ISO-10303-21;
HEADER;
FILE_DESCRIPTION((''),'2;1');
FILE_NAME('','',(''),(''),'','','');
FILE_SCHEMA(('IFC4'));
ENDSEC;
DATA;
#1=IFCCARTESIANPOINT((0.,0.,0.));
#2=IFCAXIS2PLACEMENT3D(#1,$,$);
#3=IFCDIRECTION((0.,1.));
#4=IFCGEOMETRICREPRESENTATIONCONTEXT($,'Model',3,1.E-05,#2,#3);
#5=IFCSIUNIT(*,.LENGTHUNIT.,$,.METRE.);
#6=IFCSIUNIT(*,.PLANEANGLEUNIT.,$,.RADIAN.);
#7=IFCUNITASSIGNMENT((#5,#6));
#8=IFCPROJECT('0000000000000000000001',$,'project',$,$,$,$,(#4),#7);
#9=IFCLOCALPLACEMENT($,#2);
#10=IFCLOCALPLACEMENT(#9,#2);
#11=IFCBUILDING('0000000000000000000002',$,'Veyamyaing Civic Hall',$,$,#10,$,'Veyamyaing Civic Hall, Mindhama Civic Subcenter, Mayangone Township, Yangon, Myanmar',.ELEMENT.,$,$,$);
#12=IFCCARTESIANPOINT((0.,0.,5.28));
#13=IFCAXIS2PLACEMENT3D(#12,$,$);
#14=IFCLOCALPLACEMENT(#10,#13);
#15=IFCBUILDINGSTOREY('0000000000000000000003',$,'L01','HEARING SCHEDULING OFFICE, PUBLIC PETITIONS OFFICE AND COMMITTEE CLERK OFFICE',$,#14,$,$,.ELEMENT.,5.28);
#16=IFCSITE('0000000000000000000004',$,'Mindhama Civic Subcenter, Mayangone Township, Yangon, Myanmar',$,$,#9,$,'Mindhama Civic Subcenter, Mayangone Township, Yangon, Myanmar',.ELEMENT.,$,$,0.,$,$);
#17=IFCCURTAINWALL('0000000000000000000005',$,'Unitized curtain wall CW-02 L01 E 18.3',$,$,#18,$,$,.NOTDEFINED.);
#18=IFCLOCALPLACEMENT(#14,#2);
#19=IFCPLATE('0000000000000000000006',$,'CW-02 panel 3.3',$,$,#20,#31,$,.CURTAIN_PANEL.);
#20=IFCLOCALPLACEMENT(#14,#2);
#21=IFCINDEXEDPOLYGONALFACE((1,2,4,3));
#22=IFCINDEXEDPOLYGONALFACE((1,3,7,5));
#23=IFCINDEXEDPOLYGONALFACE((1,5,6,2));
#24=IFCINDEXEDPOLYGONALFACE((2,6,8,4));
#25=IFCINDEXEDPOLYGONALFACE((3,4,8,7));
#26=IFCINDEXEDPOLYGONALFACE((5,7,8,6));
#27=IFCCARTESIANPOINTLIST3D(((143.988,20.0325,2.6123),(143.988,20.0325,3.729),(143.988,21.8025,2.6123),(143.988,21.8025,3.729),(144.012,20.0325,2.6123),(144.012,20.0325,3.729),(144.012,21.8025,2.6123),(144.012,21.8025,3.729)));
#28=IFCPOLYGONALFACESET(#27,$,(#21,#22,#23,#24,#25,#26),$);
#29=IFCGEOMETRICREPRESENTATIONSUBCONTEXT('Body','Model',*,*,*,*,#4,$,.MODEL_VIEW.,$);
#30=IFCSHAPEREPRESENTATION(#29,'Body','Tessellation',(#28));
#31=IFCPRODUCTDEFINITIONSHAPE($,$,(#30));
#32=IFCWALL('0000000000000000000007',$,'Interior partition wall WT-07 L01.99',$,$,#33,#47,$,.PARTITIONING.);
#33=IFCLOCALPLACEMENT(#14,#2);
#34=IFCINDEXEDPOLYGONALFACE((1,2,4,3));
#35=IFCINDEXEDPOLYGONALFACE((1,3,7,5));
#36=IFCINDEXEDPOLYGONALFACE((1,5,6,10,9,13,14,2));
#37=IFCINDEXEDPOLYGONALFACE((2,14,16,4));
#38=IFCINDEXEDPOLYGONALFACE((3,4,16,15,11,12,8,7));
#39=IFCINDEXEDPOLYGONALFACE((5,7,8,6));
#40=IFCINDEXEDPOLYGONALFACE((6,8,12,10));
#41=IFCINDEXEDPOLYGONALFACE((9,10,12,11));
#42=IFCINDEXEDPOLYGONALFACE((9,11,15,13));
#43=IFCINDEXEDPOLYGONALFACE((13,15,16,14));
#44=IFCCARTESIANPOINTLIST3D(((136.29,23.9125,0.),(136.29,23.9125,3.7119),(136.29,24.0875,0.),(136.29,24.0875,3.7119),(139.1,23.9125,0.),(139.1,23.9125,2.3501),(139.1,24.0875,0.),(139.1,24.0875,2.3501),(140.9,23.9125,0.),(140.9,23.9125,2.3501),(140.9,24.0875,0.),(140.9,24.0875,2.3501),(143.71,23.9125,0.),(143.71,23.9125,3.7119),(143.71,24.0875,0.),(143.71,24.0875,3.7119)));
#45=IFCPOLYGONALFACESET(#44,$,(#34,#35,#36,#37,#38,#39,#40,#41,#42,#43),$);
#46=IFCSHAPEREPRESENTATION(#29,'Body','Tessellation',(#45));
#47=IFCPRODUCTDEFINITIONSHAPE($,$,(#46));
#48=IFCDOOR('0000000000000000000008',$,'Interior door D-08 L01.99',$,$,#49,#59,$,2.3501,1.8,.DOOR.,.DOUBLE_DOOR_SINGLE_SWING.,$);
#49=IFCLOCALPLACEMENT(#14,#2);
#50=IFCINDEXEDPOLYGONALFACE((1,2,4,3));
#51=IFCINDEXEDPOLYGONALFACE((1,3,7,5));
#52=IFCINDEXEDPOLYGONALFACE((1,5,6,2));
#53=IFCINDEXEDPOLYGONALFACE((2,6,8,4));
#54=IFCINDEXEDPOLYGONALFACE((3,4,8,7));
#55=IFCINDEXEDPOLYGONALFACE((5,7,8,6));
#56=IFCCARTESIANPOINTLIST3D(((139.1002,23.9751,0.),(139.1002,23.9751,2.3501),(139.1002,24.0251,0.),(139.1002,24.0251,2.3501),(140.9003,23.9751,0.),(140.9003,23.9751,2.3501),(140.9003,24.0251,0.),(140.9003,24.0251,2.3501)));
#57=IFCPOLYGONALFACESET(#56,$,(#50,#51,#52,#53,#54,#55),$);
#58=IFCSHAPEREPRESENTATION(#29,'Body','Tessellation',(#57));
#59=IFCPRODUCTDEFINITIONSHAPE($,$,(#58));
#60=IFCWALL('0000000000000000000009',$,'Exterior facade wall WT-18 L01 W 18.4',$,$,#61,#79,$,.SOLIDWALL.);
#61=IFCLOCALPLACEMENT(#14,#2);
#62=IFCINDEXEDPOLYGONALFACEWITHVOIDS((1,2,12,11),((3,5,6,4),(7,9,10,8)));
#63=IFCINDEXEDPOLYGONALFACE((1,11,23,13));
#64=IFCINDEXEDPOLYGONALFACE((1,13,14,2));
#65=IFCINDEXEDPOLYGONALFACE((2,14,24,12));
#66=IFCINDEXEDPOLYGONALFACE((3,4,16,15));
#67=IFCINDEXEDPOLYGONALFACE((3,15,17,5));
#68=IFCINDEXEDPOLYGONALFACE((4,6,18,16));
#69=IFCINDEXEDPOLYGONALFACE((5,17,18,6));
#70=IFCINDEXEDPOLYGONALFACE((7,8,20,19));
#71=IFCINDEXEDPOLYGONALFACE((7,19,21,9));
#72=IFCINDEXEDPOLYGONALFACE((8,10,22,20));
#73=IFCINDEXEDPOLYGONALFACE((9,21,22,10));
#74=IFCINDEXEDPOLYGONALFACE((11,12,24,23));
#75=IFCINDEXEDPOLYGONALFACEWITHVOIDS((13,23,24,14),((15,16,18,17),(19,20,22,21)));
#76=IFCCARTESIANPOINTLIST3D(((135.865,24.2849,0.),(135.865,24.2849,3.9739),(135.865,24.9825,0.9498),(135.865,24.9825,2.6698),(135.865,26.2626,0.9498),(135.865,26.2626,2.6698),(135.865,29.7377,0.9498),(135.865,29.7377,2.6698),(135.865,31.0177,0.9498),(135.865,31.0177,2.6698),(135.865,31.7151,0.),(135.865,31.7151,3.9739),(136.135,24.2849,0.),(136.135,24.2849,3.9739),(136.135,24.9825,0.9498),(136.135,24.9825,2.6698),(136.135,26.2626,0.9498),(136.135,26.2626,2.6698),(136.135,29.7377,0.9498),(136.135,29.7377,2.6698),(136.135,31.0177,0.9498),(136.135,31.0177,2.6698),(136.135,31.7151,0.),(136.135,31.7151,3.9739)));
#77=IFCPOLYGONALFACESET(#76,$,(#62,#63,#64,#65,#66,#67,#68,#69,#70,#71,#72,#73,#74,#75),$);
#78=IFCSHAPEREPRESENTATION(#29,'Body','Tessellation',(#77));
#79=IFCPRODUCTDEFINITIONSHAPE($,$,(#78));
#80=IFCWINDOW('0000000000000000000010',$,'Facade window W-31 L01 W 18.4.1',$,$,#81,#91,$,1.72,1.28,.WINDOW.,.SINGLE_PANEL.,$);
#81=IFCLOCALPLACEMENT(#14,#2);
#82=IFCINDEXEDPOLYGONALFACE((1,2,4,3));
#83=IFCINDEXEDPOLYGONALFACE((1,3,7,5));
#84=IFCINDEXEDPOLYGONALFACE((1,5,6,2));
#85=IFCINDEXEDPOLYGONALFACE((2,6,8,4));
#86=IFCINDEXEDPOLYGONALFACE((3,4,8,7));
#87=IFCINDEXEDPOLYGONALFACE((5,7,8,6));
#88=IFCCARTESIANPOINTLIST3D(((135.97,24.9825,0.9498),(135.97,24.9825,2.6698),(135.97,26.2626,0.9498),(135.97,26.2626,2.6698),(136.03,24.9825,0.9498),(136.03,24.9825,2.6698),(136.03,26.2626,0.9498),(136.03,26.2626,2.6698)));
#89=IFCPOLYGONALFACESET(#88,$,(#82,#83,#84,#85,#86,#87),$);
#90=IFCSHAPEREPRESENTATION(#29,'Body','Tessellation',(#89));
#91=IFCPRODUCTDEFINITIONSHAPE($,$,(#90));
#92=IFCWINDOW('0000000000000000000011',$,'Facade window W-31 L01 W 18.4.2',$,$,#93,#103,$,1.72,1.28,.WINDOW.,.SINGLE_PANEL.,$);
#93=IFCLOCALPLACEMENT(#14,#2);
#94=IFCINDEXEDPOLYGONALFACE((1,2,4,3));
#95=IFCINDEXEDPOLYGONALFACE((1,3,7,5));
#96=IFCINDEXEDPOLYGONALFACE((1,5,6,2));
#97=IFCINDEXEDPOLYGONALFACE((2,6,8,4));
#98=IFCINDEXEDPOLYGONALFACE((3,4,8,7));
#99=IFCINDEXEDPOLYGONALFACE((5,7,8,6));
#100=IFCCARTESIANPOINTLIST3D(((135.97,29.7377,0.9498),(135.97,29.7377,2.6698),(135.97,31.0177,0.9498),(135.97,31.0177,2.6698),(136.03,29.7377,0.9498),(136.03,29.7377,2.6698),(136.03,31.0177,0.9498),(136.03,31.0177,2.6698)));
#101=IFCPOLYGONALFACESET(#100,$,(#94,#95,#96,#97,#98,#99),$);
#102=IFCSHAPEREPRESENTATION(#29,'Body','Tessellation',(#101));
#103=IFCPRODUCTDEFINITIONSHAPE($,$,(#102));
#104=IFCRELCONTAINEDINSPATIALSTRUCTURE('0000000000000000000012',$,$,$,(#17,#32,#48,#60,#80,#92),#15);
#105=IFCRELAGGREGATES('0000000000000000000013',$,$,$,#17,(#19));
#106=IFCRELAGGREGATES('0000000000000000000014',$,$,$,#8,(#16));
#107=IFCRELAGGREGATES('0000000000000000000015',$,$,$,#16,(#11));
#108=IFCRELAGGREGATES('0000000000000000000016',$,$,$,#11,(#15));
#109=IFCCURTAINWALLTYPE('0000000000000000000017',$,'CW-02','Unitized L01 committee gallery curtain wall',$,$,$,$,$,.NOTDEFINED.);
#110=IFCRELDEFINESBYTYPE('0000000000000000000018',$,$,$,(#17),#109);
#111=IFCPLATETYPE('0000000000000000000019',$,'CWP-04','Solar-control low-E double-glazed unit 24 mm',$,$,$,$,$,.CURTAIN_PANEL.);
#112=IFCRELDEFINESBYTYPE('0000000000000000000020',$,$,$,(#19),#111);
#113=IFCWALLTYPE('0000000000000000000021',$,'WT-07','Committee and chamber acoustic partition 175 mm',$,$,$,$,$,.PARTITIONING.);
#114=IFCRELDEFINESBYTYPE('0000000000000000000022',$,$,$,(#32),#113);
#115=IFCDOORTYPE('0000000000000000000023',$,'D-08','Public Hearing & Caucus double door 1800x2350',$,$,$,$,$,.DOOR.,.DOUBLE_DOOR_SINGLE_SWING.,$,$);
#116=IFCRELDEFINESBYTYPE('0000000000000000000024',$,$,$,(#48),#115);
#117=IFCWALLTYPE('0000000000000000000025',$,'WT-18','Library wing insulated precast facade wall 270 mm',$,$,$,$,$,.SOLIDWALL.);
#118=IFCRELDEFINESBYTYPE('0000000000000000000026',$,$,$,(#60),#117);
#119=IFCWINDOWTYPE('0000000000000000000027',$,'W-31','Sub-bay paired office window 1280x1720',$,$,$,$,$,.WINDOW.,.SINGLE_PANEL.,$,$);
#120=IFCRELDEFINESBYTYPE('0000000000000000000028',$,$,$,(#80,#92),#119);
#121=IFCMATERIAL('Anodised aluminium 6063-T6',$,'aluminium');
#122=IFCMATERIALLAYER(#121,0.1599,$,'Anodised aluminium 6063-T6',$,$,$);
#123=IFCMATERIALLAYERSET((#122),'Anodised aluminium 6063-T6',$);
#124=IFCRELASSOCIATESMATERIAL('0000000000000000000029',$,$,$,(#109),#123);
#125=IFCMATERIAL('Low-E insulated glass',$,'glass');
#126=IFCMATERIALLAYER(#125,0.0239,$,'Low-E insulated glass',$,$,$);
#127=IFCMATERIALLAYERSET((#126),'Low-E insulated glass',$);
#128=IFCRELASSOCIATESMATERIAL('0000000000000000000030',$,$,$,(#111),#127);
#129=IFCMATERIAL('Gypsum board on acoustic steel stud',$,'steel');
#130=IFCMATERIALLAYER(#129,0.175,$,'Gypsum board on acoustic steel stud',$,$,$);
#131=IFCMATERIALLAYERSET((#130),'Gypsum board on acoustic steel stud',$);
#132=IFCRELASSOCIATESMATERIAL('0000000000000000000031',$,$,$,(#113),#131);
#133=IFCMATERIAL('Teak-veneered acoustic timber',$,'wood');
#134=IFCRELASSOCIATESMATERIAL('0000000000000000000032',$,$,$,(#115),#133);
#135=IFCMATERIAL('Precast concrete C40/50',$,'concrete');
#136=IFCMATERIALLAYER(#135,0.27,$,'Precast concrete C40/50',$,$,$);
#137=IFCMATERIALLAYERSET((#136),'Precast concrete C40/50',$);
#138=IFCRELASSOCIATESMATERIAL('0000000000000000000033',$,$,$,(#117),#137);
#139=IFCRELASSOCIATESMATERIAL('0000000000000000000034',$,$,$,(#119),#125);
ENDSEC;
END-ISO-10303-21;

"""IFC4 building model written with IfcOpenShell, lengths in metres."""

from ifc_helpers import new_model, si_unit, direction, frame, frame_2d, origin, origin_2d, place, context, subcontext, project, spatial, rectangle, extrude, material, layer, layer_set, type_object, element, fill, aggregate, save


model = new_model("IFC4")

# Units and contexts
model_context = context("Model", 3, precision=1e-05, world=origin(), true_north=direction((0.0, 1.0)))
body_context = subcontext(model_context, "Body", "Model", "MODEL_VIEW")
ifc_project = project(units=[si_unit("LENGTHUNIT", "METRE"), si_unit("PLANEANGLEUNIT", "RADIAN")], contexts=[model_context])

# Site, building, storey
site_placement = place(None, origin())
site = spatial("IfcSite", under=ifc_project, at=site_placement, Name="Mindhama Civic Subcenter, Mayangone Township, Yangon, Myanmar", LongName="Mindhama Civic Subcenter, Mayangone Township, Yangon, Myanmar", CompositionType="ELEMENT", RefElevation=0.0)
building_placement = place(site_placement, origin())
building = spatial("IfcBuilding", under=site, at=building_placement, Name="Veyamyaing Civic Hall", LongName="Veyamyaing Civic Hall, Mindhama Civic Subcenter, Mayangone Township, Yangon, Myanmar", CompositionType="ELEMENT")
storey_placement = place(building_placement, frame((0.0, 0.0, 5.28)))
storey = spatial("IfcBuildingStorey", under=building, at=storey_placement, Name="L01", Description="HEARING SCHEDULING OFFICE, PUBLIC PETITIONS OFFICE AND COMMITTEE CLERK OFFICE", CompositionType="ELEMENT", Elevation=5.28)

# Shared definitions
ifc_material_1 = material(Name="Anodised aluminium 6063-T6", Category="aluminium")
ifc_layer_1 = layer(ifc_material_1, 0.1599, Name="Anodised aluminium 6063-T6")
ifc_layer_set_1 = layer_set([ifc_layer_1], Name="Anodised aluminium 6063-T6")
curtain_wall_type = type_object("IfcCurtainWallType", Name="CW-02", Description="Unitized L01 committee gallery curtain wall", PredefinedType="NOTDEFINED", material=ifc_layer_set_1)

# Curtain wall
curtain_wall_1_placement = place(storey_placement, origin())
curtain_wall_1 = element("IfcCurtainWall", 1, at=curtain_wall_1_placement, inside=storey, type_object=curtain_wall_type, Name="Unitized curtain wall CW-02 L01 E 18.3", PredefinedType="NOTDEFINED")

# Plate
ifc_material_2 = material(Name="Low-E insulated glass", Category="glass")
ifc_layer_2 = layer(ifc_material_2, 0.0239, Name="Low-E insulated glass")
ifc_layer_set_2 = layer_set([ifc_layer_2], Name="Low-E insulated glass")
plate_type = type_object("IfcPlateType", Name="CWP-04", Description="Solar-control low-E double-glazed unit 24 mm", PredefinedType="CURTAIN_PANEL", material=ifc_layer_set_2)
plate_1_placement = place(storey_placement, frame((144.0, 20.9175, 2.6123), z_axis=(0.0, 0.0, 1.0), x_axis=(0.0, 1.0, 0.0)))
plate_1 = element("IfcPlate", 2, at=plate_1_placement, type_object=plate_type, Name="CW-02 panel 3.3", PredefinedType="CURTAIN_PANEL", context=body_context, shape_type="SweptSolid", body=[
    extrude(rectangle(XDim=1.77, YDim=0.0239, at=origin_2d()), origin(), (0.0, 0.0, 1.0), 1.1167),
])
aggregate(curtain_wall_1, [plate_1])

# Wall, opening, door
ifc_material_3 = material(Name="Gypsum board on acoustic steel stud", Category="steel")
ifc_layer_3 = layer(ifc_material_3, 0.175, Name="Gypsum board on acoustic steel stud")
ifc_layer_set_3 = layer_set([ifc_layer_3], Name="Gypsum board on acoustic steel stud")
wall_type_1 = type_object("IfcWallType", Name="WT-07", Description="Committee and chamber acoustic partition 175 mm", PredefinedType="PARTITIONING", material=ifc_layer_set_3)
wall_1_placement = place(storey_placement, frame((136.29, 24.0, 0.0), z_axis=(0.0, 0.0, 1.0), x_axis=(1.0, 0.0, 0.0)))
wall_1 = element("IfcWall", 3, at=wall_1_placement, inside=storey, type_object=wall_type_1, Name="Interior partition wall WT-07 L01.99", PredefinedType="PARTITIONING", context=body_context, shape_type="SweptSolid", body=[
    extrude(rectangle(XDim=7.4199, YDim=0.175, at=frame_2d((3.71, 0.0))), origin(), (0.0, 0.0, 1.0), 3.7119),
])
opening_1_placement = place(wall_1_placement, frame((2.8101, 0.0, 0.0)))
opening_1 = element("IfcOpeningElement", 4, at=opening_1_placement, cuts=wall_1, PredefinedType="OPENING", context=body_context, shape_type="SweptSolid", body=[
    extrude(rectangle(XDim=1.8, YDim=2.3501, at=frame_2d((0.8999, 1.175))), frame((0.0, 0.0974, 0.0), z_axis=(0.0, -1.0, 0.0), x_axis=(1.0, 0.0, 0.0)), (0.0, 0.0, 1.0), 0.1951),
])
ifc_material_4 = material(Name="Teak-veneered acoustic timber", Category="wood")
door_type = type_object("IfcDoorType", Name="D-08", Description="Public Hearing & Caucus double door 1800x2350", OperationType="DOUBLE_DOOR_SINGLE_SWING", PredefinedType="DOOR", material=ifc_material_4)
door_placement = place(opening_1_placement, frame((1.8, 0.0, 0.0), z_axis=(0.0, 0.0, 1.0), x_axis=(-1.0, 0.0, 0.0)))
door = element("IfcDoor", 5, at=door_placement, inside=storey, type_object=door_type, Name="Interior door D-08 L01.99", OperationType="DOUBLE_DOOR_SINGLE_SWING", OverallHeight=2.3501, OverallWidth=1.8, PredefinedType="DOOR", context=body_context, shape_type="SweptSolid", body=[
    extrude(rectangle(XDim=1.8, YDim=2.3501, at=frame_2d((0.8999, 1.175))), frame((0.0, 0.0249, 0.0), z_axis=(0.0, -1.0, 0.0), x_axis=(1.0, 0.0, 0.0)), (0.0, 0.0, 1.0), 0.05),
])
fill(opening_1, door)

# Wall, openings, windows
ifc_material_5 = material(Name="Precast concrete C40/50", Category="concrete")
ifc_layer_4 = layer(ifc_material_5, 0.27, Name="Precast concrete C40/50")
ifc_layer_set_4 = layer_set([ifc_layer_4], Name="Precast concrete C40/50")
wall_type_2 = type_object("IfcWallType", Name="WT-18", Description="Library wing insulated precast facade wall 270 mm", PredefinedType="SOLIDWALL", material=ifc_layer_set_4)
wall_2_placement = place(storey_placement, frame((136.0, 24.2849, 0.0), z_axis=(0.0, 0.0, 1.0), x_axis=(0.0, 1.0, 0.0)))
wall_2 = element("IfcWall", 6, at=wall_2_placement, inside=storey, type_object=wall_type_2, Name="Exterior facade wall WT-18 L01 W 18.4", PredefinedType="SOLIDWALL", context=body_context, shape_type="SweptSolid", body=[
    extrude(rectangle(XDim=7.4302, YDim=0.27, at=frame_2d((3.7151, 0.0))), origin(), (0.0, 0.0, 1.0), 3.9739),
])
opening_2_placement = place(wall_2_placement, frame((0.6975, 0.0, 0.95)))
opening_2 = element("IfcOpeningElement", 7, at=opening_2_placement, cuts=wall_2, PredefinedType="OPENING", context=body_context, shape_type="SweptSolid", body=[
    extrude(rectangle(XDim=1.28, YDim=1.72, at=frame_2d((0.6401, 0.8599))), frame((0.0, 0.145, 0.0), z_axis=(0.0, -1.0, 0.0), x_axis=(1.0, 0.0, 0.0)), (0.0, 0.0, 1.0), 0.29),
])
opening_3_placement = place(wall_2_placement, frame((5.4526, 0.0, 0.95)))
opening_3 = element("IfcOpeningElement", 8, at=opening_3_placement, cuts=wall_2, PredefinedType="OPENING", context=body_context, shape_type="SweptSolid", body=[
    extrude(rectangle(XDim=1.28, YDim=1.72, at=frame_2d((0.6401, 0.8599))), frame((0.0, 0.145, 0.0), z_axis=(0.0, -1.0, 0.0), x_axis=(1.0, 0.0, 0.0)), (0.0, 0.0, 1.0), 0.29),
])
window_type = type_object("IfcWindowType", Name="W-31", Description="Sub-bay paired office window 1280x1720", PartitioningType="SINGLE_PANEL", PredefinedType="WINDOW", material=ifc_material_2)
window_1_placement = place(opening_2_placement, origin())
window_1 = element("IfcWindow", 9, at=window_1_placement, inside=storey, type_object=window_type, Name="Facade window W-31 L01 W 18.4.1", OverallHeight=1.72, OverallWidth=1.28, PartitioningType="SINGLE_PANEL", PredefinedType="WINDOW", context=body_context, shape_type="SweptSolid", body=[
    extrude(rectangle(XDim=1.28, YDim=1.72, at=frame_2d((0.6401, 0.8599))), frame((0.0, 0.03, 0.0), z_axis=(0.0, -1.0, 0.0), x_axis=(1.0, 0.0, 0.0)), (0.0, 0.0, 1.0), 0.0601),
])
fill(opening_2, window_1)
window_2_placement = place(opening_3_placement, origin())
window_2 = element("IfcWindow", 10, at=window_2_placement, inside=storey, type_object=window_type, Name="Facade window W-31 L01 W 18.4.2", OverallHeight=1.72, OverallWidth=1.28, PartitioningType="SINGLE_PANEL", PredefinedType="WINDOW", context=body_context, shape_type="SweptSolid", body=[
    extrude(rectangle(XDim=1.28, YDim=1.72, at=frame_2d((0.6401, 0.8599))), frame((0.0, 0.03, 0.0), z_axis=(0.0, -1.0, 0.0), x_axis=(1.0, 0.0, 0.0)), (0.0, 0.0, 1.0), 0.0601),
])
fill(opening_3, window_2)

save(model, "model.ifc")
